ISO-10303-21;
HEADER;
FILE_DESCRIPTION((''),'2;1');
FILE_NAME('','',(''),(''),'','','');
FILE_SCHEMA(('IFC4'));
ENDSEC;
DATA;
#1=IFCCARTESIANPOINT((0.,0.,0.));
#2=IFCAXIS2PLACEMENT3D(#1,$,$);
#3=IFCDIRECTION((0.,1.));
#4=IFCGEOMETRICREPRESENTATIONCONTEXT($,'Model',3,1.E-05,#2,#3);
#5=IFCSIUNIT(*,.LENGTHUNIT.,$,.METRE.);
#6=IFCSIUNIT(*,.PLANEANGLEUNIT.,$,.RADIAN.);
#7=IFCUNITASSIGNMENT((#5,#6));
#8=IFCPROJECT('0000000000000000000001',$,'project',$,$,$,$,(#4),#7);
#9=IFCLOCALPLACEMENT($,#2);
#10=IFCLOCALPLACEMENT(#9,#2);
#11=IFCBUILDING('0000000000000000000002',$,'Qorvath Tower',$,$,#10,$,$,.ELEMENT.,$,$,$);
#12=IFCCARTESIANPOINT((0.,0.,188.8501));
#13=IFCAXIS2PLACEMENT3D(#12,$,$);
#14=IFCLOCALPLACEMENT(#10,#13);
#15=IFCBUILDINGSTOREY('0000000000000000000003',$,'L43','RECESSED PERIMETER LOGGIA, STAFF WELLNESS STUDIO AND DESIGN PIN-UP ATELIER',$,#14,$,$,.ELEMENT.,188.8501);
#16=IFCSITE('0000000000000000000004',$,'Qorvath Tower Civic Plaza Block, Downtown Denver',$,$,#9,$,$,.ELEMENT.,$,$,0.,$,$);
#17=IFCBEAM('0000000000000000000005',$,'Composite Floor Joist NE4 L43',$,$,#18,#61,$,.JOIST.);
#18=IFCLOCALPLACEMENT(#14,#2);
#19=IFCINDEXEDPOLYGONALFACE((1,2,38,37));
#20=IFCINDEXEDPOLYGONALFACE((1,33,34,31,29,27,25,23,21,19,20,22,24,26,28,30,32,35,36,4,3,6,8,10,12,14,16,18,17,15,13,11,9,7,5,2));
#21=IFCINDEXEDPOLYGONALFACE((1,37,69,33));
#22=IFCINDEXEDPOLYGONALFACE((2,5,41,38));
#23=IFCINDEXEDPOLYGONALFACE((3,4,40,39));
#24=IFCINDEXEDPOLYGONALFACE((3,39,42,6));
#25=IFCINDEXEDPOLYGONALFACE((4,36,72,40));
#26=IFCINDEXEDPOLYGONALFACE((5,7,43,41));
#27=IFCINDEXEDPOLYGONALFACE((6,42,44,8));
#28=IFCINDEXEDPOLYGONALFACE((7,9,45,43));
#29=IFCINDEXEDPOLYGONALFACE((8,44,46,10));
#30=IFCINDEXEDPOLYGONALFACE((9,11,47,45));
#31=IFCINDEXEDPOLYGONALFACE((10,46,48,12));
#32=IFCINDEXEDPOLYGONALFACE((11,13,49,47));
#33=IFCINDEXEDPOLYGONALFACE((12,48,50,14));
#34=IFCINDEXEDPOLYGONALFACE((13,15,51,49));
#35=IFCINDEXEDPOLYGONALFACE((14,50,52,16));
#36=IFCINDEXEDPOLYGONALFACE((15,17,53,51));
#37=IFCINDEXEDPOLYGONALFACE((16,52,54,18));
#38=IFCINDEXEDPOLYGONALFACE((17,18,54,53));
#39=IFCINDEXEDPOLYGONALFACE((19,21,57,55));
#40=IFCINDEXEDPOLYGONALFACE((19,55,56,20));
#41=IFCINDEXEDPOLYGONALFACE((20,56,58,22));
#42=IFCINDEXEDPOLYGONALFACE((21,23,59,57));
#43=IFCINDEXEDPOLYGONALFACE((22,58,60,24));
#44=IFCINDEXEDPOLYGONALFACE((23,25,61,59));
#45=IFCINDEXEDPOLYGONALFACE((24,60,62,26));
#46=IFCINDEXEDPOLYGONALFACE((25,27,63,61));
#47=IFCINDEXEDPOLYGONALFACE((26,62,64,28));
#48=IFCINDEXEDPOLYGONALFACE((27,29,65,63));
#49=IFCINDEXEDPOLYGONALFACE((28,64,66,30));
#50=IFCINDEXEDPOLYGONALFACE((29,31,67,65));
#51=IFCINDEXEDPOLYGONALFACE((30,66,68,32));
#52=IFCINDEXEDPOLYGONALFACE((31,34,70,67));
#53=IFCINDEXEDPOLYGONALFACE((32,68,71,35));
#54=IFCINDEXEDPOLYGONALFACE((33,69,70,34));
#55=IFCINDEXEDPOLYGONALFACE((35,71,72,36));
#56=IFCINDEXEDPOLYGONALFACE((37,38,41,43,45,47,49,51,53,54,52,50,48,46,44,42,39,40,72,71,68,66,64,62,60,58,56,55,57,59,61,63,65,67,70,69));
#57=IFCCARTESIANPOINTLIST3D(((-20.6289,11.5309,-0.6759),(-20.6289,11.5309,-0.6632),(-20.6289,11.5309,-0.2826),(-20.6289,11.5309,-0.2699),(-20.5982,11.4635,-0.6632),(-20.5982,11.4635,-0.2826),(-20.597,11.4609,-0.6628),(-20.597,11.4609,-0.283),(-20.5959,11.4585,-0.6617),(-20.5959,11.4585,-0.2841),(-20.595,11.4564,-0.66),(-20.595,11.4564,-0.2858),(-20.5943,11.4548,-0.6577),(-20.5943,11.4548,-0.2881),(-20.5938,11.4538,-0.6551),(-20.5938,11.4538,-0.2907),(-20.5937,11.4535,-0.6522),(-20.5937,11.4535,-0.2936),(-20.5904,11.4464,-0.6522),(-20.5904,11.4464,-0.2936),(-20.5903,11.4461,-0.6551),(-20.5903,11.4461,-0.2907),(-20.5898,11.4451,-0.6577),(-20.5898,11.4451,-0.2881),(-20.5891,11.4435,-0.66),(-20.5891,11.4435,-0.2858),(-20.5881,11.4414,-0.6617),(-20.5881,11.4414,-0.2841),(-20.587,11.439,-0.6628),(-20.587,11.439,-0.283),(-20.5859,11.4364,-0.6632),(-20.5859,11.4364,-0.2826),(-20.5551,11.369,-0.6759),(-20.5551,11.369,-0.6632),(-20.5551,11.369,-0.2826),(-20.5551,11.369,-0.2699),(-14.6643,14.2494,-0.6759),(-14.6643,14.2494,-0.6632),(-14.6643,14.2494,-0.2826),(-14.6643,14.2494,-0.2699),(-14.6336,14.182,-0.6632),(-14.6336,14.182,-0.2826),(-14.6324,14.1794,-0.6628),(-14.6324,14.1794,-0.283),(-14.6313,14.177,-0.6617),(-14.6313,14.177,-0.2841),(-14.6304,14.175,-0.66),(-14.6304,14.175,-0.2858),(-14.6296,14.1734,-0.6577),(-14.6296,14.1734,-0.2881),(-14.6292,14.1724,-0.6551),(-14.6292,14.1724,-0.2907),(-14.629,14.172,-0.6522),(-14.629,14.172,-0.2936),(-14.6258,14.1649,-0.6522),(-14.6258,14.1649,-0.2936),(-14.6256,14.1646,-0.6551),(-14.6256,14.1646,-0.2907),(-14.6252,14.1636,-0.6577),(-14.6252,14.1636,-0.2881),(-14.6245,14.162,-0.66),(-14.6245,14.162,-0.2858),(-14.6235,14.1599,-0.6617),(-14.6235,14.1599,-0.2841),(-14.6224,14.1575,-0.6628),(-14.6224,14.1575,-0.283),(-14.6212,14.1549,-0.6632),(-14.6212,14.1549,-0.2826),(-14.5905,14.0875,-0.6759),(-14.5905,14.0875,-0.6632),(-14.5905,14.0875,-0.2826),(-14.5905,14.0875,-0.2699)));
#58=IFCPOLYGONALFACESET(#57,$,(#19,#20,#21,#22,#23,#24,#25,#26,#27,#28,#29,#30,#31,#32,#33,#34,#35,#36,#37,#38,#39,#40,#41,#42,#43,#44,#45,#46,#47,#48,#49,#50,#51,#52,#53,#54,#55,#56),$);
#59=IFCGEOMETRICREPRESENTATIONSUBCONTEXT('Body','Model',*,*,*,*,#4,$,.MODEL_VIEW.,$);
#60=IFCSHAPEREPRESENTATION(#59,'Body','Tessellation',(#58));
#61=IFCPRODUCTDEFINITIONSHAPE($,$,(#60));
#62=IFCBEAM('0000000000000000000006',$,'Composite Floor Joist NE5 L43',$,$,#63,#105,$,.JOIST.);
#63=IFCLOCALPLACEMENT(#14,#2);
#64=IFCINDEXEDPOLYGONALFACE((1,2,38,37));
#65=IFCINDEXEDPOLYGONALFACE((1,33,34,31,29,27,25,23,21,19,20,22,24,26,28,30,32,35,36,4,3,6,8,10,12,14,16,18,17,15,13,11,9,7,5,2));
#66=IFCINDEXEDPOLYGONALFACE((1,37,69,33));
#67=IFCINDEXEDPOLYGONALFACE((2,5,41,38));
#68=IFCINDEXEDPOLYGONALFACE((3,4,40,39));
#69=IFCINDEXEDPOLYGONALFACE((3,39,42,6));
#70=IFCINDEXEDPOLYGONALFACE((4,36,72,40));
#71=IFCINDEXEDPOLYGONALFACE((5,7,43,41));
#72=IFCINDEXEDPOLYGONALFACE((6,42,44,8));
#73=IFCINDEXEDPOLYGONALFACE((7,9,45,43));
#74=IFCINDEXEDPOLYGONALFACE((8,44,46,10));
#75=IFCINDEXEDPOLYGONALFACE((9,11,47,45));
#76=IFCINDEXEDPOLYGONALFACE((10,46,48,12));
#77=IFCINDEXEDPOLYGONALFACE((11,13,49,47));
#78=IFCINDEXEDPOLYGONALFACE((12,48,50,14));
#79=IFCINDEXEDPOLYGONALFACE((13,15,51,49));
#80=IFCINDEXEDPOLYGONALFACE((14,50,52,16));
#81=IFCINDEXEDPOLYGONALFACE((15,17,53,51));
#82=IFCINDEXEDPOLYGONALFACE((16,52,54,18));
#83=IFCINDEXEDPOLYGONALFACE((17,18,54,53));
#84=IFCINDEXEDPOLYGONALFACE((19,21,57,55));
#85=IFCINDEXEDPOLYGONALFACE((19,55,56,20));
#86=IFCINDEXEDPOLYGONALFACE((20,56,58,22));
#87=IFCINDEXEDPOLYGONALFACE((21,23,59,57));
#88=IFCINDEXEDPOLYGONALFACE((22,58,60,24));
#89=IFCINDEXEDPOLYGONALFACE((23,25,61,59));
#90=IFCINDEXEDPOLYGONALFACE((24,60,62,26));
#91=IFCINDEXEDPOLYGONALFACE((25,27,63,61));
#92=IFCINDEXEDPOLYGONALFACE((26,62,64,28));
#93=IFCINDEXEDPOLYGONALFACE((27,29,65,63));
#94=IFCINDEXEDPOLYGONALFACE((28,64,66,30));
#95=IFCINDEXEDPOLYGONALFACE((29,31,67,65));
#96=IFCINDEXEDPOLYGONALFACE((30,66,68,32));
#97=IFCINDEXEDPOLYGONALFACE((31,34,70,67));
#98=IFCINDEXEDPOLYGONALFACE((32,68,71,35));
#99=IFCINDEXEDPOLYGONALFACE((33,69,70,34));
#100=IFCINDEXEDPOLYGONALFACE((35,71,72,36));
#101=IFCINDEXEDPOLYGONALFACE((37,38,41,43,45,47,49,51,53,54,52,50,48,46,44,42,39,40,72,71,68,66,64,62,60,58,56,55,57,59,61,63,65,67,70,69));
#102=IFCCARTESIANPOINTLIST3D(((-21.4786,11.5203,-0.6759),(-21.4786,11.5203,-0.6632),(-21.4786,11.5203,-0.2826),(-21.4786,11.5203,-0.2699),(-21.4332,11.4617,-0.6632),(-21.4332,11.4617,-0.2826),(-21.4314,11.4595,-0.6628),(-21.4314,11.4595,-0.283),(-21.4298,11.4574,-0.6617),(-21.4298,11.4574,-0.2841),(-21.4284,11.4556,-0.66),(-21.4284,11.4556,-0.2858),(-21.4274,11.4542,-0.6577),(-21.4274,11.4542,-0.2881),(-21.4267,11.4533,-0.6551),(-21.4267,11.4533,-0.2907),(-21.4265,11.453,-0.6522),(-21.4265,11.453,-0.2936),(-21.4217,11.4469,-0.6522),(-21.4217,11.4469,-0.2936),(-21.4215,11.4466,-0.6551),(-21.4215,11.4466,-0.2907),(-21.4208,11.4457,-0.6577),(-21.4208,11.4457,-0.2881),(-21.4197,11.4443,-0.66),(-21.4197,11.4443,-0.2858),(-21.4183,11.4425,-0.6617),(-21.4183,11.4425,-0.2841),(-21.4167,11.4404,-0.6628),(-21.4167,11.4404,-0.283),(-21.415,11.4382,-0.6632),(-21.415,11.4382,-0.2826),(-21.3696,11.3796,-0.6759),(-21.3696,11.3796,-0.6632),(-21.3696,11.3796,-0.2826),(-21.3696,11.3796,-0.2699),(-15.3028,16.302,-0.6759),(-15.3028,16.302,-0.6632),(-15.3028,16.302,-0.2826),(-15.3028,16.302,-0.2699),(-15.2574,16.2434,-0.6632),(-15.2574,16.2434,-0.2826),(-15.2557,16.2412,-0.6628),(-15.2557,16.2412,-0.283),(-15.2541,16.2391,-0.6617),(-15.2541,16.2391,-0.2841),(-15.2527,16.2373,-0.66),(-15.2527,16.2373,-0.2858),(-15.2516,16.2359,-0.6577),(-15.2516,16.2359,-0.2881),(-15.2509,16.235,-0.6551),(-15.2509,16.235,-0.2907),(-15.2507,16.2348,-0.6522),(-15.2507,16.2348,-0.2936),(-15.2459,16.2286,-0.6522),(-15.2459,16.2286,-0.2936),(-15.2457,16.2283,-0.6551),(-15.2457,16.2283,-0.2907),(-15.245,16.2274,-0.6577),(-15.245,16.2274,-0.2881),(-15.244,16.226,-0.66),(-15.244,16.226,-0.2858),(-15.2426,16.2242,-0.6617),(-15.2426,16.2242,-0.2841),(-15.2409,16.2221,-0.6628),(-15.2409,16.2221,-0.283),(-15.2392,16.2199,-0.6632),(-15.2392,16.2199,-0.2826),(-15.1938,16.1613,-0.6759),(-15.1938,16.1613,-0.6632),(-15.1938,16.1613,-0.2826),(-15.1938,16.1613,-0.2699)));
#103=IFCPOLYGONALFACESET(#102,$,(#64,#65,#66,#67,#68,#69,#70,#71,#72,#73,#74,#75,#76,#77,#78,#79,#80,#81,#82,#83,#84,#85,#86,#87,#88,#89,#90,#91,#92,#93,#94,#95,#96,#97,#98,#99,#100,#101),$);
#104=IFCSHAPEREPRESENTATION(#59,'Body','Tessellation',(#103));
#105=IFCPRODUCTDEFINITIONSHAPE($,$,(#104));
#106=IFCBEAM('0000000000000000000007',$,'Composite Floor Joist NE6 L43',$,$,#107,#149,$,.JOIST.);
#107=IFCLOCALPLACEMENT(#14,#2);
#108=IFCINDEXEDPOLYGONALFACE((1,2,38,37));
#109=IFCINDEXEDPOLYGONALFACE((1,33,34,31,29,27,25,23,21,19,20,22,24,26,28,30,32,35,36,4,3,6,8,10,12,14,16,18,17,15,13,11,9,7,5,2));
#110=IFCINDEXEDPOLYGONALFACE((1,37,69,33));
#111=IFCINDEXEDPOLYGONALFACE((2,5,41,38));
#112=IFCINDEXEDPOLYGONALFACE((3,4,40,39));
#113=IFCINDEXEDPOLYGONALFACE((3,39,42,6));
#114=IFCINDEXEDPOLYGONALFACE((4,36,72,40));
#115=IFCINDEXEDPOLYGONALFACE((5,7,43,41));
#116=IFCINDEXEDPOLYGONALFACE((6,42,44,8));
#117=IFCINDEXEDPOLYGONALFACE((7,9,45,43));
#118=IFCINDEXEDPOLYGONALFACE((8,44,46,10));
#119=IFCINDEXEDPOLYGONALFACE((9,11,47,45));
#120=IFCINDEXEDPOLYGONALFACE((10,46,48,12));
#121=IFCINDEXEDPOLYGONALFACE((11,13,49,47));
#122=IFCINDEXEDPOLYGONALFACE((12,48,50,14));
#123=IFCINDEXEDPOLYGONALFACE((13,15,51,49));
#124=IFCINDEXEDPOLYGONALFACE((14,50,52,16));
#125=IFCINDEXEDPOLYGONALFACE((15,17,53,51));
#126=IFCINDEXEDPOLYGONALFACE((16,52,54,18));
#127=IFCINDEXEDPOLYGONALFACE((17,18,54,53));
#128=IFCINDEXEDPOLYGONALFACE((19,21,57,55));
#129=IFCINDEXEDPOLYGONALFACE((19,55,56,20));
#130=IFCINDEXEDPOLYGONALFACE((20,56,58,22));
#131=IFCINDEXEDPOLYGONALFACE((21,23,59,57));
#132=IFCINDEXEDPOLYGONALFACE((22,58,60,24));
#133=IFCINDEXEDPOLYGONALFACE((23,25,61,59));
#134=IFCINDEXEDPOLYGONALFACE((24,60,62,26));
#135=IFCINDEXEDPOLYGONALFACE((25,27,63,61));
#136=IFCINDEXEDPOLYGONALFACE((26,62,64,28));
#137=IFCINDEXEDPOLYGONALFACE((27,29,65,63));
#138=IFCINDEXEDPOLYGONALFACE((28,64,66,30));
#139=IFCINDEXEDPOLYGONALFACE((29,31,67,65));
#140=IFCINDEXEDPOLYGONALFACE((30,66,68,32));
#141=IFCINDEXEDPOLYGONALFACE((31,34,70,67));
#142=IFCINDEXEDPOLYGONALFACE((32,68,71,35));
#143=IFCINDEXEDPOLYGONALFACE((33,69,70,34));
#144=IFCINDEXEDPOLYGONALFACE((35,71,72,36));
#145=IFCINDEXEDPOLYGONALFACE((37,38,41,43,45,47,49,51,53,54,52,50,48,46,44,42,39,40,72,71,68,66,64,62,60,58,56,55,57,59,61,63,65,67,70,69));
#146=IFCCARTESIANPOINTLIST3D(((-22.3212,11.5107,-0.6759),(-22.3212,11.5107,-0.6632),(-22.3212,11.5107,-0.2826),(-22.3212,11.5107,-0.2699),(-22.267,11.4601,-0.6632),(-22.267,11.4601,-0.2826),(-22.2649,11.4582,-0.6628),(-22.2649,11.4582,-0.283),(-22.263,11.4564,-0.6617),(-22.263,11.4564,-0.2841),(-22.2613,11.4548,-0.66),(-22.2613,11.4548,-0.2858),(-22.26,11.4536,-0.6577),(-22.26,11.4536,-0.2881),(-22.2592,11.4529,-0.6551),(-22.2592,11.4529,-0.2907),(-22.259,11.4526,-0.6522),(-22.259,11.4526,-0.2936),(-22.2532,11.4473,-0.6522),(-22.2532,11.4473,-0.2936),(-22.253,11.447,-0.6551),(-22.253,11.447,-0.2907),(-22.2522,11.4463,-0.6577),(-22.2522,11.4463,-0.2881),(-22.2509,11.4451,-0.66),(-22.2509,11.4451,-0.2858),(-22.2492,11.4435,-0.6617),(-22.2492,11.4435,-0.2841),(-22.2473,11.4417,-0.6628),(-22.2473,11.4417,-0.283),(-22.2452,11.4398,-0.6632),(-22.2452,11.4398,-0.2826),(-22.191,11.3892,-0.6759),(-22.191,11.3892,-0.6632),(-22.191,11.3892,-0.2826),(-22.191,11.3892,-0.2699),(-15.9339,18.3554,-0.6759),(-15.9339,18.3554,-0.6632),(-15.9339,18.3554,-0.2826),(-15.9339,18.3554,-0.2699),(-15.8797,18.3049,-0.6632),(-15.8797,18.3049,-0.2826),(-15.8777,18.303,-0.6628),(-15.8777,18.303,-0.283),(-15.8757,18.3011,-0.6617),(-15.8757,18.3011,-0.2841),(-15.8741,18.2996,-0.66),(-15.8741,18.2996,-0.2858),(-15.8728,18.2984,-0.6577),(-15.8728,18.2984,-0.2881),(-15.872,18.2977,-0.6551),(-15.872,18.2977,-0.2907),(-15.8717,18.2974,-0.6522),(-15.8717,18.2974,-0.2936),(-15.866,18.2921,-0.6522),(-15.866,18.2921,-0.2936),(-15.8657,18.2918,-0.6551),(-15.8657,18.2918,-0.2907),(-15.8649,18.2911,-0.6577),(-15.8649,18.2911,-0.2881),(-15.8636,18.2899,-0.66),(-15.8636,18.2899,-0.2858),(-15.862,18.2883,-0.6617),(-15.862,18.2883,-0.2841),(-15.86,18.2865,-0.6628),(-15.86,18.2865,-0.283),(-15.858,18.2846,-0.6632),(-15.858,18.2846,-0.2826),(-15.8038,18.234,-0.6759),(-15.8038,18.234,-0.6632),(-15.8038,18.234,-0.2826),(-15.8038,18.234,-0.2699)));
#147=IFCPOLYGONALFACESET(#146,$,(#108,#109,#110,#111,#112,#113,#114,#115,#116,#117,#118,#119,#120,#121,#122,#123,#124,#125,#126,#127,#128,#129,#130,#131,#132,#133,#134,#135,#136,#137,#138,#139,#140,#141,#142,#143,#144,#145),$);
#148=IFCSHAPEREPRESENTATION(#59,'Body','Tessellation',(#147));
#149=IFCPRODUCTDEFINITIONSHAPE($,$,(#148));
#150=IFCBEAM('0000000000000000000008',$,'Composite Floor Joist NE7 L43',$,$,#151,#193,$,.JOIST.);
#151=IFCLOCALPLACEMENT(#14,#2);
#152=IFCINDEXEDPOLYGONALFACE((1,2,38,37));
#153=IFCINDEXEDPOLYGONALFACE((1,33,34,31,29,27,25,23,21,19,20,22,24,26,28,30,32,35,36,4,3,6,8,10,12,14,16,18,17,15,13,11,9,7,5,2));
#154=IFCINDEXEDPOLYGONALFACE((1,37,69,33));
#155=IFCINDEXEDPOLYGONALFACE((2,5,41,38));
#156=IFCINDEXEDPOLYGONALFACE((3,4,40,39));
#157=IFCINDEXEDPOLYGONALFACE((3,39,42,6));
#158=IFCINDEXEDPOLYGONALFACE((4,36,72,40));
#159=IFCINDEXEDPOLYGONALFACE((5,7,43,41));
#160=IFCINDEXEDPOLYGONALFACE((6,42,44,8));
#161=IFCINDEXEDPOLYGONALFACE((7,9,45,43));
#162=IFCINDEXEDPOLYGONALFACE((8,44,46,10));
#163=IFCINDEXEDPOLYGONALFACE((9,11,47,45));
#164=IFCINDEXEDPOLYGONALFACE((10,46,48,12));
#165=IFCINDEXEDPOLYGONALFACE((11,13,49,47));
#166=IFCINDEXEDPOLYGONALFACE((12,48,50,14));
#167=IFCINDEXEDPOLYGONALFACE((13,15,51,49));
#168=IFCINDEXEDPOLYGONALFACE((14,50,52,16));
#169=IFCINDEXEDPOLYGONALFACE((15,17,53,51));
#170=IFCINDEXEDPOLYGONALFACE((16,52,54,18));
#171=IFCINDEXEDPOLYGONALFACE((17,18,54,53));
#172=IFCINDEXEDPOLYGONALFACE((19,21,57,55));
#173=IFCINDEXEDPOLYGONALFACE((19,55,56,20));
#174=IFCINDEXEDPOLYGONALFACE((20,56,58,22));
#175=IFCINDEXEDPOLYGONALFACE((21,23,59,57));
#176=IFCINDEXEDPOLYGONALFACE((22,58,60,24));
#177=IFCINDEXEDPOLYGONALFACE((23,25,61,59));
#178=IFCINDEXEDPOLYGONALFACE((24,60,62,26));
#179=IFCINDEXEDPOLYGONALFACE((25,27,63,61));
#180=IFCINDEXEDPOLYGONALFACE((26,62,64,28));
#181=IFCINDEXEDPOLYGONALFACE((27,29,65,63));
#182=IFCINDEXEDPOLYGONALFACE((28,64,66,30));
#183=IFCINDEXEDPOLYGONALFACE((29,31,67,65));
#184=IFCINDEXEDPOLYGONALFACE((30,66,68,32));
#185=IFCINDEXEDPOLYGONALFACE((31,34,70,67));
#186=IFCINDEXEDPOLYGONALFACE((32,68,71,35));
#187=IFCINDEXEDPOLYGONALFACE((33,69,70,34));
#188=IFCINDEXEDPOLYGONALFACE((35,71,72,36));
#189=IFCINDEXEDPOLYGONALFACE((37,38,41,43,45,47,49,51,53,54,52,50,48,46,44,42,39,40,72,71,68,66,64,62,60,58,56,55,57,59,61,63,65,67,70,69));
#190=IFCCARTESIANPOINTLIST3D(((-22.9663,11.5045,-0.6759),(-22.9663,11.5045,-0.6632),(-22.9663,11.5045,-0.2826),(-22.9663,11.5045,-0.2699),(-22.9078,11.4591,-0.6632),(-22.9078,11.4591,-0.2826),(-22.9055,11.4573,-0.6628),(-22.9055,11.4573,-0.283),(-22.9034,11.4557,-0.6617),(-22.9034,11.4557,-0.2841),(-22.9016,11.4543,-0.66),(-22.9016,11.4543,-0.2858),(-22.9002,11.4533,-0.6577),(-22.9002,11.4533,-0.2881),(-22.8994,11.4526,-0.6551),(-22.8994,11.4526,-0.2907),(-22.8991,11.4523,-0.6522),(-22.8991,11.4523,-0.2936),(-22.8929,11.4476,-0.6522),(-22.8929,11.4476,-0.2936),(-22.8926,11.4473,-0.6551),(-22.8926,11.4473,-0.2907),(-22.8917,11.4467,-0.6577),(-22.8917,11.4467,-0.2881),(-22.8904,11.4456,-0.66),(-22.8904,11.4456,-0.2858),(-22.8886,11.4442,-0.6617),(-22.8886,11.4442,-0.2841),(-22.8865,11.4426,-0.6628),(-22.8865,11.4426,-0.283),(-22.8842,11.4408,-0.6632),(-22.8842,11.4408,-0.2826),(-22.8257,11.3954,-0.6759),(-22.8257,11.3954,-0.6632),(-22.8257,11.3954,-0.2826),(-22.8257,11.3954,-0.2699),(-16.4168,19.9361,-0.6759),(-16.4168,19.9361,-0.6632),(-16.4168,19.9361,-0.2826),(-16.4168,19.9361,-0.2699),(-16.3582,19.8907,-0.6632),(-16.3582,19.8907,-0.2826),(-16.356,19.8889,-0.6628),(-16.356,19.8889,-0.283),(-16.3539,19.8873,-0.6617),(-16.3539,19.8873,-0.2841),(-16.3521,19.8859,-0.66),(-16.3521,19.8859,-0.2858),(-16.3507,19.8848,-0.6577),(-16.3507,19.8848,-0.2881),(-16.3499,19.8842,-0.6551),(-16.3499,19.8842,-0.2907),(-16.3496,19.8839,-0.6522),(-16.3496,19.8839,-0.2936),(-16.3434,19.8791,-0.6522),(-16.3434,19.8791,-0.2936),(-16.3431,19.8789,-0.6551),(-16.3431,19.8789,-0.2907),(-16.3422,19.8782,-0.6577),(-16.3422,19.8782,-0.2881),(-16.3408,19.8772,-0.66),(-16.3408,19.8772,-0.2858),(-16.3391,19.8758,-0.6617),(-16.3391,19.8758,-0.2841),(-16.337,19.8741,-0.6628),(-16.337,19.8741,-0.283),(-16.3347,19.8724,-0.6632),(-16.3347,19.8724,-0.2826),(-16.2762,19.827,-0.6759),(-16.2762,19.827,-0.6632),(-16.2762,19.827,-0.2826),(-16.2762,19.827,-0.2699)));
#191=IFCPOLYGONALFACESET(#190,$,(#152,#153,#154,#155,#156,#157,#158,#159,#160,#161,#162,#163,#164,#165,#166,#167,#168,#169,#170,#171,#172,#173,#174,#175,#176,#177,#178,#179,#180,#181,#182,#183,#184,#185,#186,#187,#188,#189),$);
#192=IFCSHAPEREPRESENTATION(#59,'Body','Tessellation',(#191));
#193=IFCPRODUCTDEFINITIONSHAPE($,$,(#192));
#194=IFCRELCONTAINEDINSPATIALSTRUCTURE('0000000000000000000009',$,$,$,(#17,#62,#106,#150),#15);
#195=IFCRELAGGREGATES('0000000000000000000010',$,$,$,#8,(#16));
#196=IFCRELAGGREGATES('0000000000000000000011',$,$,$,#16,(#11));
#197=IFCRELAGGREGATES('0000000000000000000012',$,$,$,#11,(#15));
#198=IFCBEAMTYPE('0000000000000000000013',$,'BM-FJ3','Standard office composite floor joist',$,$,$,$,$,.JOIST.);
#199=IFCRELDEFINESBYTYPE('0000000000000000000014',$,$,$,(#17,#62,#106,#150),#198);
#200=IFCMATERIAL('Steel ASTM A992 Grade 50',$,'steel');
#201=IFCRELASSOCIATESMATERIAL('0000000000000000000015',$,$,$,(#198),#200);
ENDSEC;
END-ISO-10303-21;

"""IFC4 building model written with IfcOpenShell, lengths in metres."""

from ifc_helpers import new_model, si_unit, direction, frame, origin, origin_2d, place, context, subcontext, project, spatial, i_section, extrude, material, material_profile, profile_set, type_object, element, save


model = new_model("IFC4")

# Units and contexts
model_context = context("Model", 3, precision=1e-05, world=origin(), true_north=direction((0.0, 1.0)))
body_context = subcontext(model_context, "Body", "Model", "MODEL_VIEW")
ifc_project = project(units=[si_unit("LENGTHUNIT", "METRE"), si_unit("PLANEANGLEUNIT", "RADIAN")], contexts=[model_context])

# Site, building, storey
site_placement = place(None, origin())
site = spatial("IfcSite", under=ifc_project, at=site_placement, Name="Qorvath Tower Civic Plaza Block, Downtown Denver", CompositionType="ELEMENT", RefElevation=0.0)
building_placement = place(site_placement, origin())
building = spatial("IfcBuilding", under=site, at=building_placement, Name="Qorvath Tower", CompositionType="ELEMENT")
storey_placement = place(building_placement, frame((0.0, 0.0, 188.8501)))
storey = spatial("IfcBuildingStorey", under=building, at=storey_placement, Name="L43", Description="RECESSED PERIMETER LOGGIA, STAFF WELLNESS STUDIO AND DESIGN PIN-UP ATELIER", CompositionType="ELEMENT", Elevation=188.8501)

# Beams
ifc_material_1 = material(Name="Steel ASTM A992 Grade 50", Category="steel")
ifc_material_profile_1 = material_profile(ifc_material_1, i_section(OverallWidth=0.178, OverallDepth=0.406, WebThickness=0.0078, FlangeThickness=0.0127, FilletRadius=0.011, at=origin_2d()), Name="W16x40")
ifc_profile_set_1 = profile_set([ifc_material_profile_1], Name="Steel ASTM A992 Grade 50")
beam_type_1 = type_object("IfcBeamType", Name="BM-FJ3", Description="Standard office composite floor joist", PredefinedType="JOIST", material=ifc_profile_set_1)
beam_1_placement = place(storey_placement, frame((-20.592, 11.45, -0.4729), z_axis=(0.909945, 0.414729, 0.0), x_axis=(-0.414729, 0.909945, 0.0)))
element("IfcBeam", 1, at=beam_1_placement, inside=storey, type_object=beam_type_1, Name="Composite Floor Joist NE4 L43", PredefinedType="JOIST", context=body_context, shape_type="SweptSolid", body=[
    extrude(i_section(OverallWidth=0.178, OverallDepth=0.406, WebThickness=0.0078, FlangeThickness=0.0127, FilletRadius=0.011, at=origin_2d()), origin(), (0.0, 0.0, 1.0), 6.5549),
])
beam_2_placement = place(storey_placement, frame((-21.4241, 11.45, -0.4729), z_axis=(0.790693, 0.612212, 0.0), x_axis=(-0.612212, 0.790693, 0.0)))
element("IfcBeam", 2, at=beam_2_placement, inside=storey, type_object=beam_type_1, Name="Composite Floor Joist NE5 L43", PredefinedType="JOIST", context=body_context, shape_type="SweptSolid", body=[
    extrude(i_section(OverallWidth=0.178, OverallDepth=0.406, WebThickness=0.0078, FlangeThickness=0.0127, FilletRadius=0.011, at=origin_2d()), origin(), (0.0, 0.0, 1.0), 7.8105),
])
beam_3_placement = place(storey_placement, frame((-22.2561, 11.45, -0.4729), z_axis=(0.682249, 0.731119, 0.0), x_axis=(-0.731119, 0.682249, 0.0)))
element("IfcBeam", 3, at=beam_3_placement, inside=storey, type_object=beam_type_1, Name="Composite Floor Joist NE6 L43", PredefinedType="JOIST", context=body_context, shape_type="SweptSolid", body=[
    extrude(i_section(OverallWidth=0.178, OverallDepth=0.406, WebThickness=0.0078, FlangeThickness=0.0127, FilletRadius=0.011, at=origin_2d()), origin(), (0.0, 0.0, 1.0), 9.3621),
])
beam_4_placement = place(storey_placement, frame((-22.896, 11.45, -0.4729), z_axis=(0.613451, 0.789733, 0.0), x_axis=(-0.789733, 0.613451, 0.0)))
element("IfcBeam", 4, at=beam_4_placement, inside=storey, type_object=beam_type_1, Name="Composite Floor Joist NE7 L43", PredefinedType="JOIST", context=body_context, shape_type="SweptSolid", body=[
    extrude(i_section(OverallWidth=0.178, OverallDepth=0.406, WebThickness=0.0078, FlangeThickness=0.0127, FilletRadius=0.011, at=origin_2d()), origin(), (0.0, 0.0, 1.0), 10.6765),
])

save(model, "model.ifc")
